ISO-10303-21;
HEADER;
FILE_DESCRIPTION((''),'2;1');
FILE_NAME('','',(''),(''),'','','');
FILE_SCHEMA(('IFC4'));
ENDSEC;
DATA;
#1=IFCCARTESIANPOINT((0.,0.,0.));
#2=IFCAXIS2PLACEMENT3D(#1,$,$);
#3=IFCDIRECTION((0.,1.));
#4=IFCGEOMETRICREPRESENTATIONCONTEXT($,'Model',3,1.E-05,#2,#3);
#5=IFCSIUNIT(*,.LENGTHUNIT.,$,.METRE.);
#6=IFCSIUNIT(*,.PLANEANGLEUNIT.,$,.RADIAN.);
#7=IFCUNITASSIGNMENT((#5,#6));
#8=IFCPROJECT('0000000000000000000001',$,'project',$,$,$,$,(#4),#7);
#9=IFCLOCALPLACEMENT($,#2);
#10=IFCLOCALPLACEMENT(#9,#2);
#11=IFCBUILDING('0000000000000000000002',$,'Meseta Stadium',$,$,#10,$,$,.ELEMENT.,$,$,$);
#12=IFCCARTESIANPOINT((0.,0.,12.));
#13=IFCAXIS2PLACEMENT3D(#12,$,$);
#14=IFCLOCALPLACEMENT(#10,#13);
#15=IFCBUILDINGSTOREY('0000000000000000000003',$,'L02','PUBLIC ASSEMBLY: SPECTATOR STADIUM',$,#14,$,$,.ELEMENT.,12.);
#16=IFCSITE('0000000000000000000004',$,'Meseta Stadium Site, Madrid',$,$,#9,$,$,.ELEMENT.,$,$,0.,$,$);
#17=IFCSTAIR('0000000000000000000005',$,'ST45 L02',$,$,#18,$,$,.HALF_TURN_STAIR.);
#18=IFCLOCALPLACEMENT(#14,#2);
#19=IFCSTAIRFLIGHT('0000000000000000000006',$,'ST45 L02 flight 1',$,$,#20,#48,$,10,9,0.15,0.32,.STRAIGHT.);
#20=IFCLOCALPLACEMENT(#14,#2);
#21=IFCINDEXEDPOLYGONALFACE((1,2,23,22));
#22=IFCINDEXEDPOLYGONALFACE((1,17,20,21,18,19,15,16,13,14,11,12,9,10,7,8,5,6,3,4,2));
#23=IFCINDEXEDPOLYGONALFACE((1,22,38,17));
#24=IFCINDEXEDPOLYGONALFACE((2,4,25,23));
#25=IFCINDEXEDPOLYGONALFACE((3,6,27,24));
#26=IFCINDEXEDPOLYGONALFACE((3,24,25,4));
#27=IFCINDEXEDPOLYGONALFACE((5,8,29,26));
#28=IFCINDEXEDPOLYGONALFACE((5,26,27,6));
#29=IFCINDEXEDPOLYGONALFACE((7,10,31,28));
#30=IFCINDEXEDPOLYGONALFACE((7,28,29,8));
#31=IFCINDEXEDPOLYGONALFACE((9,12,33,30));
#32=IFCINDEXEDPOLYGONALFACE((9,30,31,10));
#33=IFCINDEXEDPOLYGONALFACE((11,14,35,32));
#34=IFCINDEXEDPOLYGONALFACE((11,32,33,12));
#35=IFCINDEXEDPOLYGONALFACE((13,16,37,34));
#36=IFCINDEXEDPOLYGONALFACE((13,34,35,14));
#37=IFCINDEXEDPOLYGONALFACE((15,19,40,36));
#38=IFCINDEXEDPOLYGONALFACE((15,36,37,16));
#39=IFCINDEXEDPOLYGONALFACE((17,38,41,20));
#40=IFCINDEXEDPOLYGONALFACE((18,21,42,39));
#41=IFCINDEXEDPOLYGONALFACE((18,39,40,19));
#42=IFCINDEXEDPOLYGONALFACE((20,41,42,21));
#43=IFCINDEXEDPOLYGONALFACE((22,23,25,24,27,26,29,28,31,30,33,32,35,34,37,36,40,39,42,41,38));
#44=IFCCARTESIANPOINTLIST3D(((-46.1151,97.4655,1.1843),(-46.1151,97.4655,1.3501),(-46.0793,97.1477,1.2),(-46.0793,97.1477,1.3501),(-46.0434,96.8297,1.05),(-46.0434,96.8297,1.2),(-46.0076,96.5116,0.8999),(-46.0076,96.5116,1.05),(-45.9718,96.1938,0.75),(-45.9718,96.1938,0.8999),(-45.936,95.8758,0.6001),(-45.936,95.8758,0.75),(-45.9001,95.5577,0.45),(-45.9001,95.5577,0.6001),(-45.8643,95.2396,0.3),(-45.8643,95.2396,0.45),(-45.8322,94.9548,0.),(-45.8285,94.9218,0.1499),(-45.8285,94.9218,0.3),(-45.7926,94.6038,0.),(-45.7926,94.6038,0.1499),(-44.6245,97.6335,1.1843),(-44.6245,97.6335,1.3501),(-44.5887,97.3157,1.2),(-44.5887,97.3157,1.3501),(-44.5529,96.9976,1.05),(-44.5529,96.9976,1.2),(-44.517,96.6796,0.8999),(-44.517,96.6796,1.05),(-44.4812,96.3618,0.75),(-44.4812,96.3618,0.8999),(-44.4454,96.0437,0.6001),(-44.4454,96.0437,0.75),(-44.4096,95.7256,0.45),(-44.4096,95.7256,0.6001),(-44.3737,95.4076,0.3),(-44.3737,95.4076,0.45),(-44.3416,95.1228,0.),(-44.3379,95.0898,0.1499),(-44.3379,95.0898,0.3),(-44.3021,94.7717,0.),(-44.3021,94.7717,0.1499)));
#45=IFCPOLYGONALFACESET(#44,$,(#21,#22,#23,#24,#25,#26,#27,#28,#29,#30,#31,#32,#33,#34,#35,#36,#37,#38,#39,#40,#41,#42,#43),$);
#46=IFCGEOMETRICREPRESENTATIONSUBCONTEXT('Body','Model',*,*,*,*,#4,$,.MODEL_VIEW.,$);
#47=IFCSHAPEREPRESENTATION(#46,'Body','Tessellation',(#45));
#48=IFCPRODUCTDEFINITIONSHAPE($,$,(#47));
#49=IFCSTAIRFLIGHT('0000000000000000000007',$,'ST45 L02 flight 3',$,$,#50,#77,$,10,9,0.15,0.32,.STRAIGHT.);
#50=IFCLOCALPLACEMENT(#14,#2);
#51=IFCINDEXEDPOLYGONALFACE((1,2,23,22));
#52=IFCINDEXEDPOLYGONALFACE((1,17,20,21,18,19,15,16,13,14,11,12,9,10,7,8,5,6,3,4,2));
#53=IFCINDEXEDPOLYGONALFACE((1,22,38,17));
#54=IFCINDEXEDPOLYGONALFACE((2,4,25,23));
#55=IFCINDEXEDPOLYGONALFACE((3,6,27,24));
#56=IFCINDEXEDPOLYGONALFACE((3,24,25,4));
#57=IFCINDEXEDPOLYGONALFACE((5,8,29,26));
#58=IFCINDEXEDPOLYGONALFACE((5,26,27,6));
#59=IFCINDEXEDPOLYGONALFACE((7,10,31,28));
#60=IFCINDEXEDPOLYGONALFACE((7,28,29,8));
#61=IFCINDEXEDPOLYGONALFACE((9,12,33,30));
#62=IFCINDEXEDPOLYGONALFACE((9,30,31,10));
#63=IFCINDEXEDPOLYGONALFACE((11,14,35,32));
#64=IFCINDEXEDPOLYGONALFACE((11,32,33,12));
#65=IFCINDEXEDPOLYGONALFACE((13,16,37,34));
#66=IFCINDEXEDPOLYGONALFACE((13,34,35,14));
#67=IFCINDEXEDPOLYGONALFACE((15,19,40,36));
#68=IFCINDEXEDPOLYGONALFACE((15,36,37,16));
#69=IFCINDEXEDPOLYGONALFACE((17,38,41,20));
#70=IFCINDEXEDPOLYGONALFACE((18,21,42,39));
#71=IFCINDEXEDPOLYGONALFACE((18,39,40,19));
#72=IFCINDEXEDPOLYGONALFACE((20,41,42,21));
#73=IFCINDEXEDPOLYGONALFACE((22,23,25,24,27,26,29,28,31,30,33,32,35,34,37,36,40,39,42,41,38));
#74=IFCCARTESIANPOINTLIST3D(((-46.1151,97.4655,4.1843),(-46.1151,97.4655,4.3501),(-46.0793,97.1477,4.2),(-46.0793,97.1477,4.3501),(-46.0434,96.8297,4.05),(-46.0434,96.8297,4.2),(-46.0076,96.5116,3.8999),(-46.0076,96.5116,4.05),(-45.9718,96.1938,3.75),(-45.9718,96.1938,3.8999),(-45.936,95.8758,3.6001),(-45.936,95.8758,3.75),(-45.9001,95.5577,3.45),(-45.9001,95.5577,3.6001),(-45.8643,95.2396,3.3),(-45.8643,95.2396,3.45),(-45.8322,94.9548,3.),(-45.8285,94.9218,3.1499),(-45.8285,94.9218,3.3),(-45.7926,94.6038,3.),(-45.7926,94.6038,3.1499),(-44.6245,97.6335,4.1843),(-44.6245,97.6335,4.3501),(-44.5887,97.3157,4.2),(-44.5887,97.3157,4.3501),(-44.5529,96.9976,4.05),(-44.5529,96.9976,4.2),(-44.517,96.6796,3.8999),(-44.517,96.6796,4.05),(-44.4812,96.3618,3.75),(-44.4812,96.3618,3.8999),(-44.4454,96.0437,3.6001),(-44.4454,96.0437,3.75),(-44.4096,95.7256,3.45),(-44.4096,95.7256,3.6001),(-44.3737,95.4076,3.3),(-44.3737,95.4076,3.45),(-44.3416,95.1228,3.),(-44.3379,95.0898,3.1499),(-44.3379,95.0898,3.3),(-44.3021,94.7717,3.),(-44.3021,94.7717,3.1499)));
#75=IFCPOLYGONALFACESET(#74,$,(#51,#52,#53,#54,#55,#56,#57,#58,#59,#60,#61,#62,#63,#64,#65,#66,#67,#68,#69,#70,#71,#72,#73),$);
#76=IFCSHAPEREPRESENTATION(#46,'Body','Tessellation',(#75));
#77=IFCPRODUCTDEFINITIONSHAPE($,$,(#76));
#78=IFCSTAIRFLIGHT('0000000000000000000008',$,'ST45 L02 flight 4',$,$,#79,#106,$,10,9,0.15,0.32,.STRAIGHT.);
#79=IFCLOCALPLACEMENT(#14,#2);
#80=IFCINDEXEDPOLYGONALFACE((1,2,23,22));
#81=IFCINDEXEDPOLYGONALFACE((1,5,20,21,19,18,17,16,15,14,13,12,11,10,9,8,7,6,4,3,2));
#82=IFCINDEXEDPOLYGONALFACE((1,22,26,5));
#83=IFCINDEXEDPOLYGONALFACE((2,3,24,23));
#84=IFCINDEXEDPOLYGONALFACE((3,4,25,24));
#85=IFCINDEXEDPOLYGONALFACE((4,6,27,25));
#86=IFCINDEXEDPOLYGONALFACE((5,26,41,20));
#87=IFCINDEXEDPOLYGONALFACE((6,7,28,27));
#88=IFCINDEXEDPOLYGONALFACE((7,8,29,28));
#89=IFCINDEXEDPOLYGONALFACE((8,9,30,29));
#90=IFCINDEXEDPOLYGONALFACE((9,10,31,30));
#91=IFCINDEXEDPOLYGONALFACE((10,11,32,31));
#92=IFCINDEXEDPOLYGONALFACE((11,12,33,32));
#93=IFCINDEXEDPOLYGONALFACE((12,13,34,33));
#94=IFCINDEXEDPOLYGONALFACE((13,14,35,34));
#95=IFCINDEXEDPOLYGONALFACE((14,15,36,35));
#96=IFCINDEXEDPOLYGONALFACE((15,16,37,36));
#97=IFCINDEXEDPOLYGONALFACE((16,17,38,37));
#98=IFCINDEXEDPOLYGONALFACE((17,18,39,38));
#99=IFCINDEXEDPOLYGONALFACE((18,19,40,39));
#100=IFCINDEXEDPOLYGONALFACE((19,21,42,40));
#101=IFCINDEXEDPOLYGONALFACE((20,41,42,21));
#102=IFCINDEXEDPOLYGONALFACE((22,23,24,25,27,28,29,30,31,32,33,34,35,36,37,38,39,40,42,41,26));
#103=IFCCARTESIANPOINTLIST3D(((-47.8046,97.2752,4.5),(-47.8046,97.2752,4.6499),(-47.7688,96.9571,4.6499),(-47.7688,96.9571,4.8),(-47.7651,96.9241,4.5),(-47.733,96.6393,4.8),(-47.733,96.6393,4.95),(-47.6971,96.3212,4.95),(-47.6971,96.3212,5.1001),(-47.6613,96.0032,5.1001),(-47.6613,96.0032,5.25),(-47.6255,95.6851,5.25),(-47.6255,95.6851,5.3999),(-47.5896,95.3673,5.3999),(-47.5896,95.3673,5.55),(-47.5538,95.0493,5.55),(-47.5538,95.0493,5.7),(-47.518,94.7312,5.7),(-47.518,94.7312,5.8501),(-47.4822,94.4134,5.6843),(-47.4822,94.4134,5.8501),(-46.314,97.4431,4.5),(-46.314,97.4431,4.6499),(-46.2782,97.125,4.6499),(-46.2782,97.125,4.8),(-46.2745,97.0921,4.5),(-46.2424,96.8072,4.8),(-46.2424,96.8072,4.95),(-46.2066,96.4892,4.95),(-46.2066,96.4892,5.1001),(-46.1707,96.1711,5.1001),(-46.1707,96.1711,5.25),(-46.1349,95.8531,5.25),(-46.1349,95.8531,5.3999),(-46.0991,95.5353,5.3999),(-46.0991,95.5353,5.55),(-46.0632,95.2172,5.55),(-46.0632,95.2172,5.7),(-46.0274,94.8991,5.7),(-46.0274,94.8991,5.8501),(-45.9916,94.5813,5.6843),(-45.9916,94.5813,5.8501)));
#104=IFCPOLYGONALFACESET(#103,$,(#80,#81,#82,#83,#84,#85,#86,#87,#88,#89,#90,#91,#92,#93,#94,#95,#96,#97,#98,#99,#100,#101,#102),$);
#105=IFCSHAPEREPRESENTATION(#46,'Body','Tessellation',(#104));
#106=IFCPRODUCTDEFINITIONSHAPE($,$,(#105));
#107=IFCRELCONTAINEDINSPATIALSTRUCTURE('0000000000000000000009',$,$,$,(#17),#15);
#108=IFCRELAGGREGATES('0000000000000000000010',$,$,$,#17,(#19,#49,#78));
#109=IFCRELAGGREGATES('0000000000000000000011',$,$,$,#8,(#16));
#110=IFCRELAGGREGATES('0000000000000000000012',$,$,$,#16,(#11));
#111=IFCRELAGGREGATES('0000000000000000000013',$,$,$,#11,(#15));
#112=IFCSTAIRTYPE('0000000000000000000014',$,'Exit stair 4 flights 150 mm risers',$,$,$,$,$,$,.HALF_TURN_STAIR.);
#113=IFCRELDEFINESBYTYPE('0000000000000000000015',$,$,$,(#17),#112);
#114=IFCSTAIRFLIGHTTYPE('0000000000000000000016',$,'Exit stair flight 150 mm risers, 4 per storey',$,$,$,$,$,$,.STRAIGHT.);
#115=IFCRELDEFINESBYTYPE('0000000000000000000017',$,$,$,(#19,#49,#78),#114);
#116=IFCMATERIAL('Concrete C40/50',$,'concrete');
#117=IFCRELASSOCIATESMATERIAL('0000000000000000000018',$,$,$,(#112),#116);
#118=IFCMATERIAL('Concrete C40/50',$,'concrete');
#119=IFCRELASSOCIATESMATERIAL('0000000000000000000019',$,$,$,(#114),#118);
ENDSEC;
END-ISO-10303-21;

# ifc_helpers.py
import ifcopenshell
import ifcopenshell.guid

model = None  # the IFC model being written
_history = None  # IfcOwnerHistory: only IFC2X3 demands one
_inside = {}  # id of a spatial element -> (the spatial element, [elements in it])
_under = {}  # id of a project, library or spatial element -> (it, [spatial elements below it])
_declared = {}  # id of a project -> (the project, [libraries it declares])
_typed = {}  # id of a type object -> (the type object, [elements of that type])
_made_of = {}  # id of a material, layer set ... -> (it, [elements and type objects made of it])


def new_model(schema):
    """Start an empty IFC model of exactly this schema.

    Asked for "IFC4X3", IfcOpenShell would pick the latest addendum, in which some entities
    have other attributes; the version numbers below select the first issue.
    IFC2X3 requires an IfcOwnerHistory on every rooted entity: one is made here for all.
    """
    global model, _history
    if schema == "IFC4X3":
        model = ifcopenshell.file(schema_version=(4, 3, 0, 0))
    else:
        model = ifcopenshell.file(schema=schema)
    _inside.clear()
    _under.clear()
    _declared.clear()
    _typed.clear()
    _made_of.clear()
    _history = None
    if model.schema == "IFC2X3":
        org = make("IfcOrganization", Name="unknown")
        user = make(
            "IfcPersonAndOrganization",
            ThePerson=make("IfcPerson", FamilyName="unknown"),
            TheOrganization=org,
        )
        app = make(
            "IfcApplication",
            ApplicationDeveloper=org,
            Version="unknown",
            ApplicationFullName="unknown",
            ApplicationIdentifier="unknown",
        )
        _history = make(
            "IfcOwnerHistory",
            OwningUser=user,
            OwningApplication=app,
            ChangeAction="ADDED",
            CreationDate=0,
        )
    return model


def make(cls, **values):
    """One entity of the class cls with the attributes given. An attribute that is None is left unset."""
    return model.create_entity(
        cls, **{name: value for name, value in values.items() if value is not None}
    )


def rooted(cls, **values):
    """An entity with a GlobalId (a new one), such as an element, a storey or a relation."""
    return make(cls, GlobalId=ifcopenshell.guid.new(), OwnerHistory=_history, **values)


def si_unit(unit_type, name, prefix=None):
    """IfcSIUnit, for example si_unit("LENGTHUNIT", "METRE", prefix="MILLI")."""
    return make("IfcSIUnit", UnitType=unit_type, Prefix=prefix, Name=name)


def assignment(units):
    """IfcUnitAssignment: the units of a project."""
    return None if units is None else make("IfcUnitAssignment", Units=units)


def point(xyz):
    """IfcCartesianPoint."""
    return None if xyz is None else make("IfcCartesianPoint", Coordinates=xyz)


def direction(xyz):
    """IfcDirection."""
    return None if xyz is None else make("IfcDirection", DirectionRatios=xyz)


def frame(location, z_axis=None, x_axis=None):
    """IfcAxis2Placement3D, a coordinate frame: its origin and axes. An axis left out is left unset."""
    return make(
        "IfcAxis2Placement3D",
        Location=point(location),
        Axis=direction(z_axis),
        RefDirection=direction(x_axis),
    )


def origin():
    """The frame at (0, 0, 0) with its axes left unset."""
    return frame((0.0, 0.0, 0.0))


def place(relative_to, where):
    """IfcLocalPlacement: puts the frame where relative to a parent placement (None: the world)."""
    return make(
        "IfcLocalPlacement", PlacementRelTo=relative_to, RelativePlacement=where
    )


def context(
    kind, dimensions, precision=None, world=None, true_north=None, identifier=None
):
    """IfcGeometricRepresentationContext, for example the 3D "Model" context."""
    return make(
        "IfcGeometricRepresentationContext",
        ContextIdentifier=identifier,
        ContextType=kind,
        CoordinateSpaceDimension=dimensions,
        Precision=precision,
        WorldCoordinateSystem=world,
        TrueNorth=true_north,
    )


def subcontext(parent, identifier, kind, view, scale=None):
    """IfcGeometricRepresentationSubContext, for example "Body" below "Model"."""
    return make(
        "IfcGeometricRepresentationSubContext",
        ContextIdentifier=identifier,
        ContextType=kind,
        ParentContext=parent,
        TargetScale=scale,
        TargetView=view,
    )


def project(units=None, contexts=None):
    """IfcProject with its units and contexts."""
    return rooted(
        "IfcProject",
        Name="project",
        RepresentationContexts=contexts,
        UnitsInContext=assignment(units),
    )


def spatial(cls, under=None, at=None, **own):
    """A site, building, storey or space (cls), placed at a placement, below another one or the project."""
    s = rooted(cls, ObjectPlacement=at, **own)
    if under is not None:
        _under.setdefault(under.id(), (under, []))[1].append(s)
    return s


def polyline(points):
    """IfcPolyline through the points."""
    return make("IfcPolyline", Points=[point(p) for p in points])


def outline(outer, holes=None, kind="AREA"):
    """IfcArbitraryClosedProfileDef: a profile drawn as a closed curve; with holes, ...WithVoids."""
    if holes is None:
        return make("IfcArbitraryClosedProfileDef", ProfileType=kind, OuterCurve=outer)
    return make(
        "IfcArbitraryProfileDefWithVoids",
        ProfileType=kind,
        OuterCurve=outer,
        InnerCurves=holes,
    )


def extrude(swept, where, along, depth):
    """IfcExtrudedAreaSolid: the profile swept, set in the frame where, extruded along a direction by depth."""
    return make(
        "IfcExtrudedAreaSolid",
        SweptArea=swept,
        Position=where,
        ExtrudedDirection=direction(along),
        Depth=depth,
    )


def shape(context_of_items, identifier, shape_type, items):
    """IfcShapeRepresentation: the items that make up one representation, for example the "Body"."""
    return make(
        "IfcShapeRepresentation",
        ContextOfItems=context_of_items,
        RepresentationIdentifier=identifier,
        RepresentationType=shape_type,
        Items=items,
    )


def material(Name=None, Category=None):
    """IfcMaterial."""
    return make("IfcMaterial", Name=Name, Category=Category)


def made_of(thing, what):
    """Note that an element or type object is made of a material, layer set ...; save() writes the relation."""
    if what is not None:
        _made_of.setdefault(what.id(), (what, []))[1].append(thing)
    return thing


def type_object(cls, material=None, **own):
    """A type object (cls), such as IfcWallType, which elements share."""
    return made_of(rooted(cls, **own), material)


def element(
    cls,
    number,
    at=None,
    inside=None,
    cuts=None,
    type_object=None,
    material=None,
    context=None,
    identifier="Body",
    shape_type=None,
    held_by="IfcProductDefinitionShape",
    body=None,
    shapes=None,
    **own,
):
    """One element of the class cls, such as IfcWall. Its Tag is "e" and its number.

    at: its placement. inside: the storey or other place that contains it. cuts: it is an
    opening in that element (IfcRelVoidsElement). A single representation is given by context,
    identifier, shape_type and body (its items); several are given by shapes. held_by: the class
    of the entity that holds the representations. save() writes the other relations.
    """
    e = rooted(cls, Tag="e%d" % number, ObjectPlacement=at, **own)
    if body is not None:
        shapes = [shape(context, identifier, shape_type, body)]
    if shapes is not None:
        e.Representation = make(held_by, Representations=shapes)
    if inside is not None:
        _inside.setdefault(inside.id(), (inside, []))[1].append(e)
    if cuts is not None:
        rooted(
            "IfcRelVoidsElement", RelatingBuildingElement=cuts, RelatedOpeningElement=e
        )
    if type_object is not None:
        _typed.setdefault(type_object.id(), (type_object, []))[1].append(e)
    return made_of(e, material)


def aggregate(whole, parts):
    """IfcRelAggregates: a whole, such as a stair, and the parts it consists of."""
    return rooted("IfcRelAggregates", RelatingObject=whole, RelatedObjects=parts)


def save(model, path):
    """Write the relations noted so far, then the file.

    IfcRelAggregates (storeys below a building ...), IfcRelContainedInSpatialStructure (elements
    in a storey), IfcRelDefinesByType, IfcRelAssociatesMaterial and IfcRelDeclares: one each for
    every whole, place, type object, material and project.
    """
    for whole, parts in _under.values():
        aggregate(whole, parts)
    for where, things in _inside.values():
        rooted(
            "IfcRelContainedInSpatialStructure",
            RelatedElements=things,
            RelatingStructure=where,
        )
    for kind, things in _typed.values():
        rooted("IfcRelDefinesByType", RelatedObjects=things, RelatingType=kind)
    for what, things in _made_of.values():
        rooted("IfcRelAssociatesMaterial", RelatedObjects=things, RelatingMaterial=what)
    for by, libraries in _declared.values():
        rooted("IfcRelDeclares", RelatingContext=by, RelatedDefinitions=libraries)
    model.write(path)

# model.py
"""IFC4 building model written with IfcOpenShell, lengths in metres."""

from ifc_helpers import new_model, si_unit, direction, frame, origin, place, context, subcontext, project, spatial, polyline, outline, extrude, material, type_object, element, aggregate, save


model = new_model("IFC4")

# Units and contexts
model_context = context("Model", 3, precision=1e-05, world=origin(), true_north=direction((0.0, 1.0)))
body_context = subcontext(model_context, "Body", "Model", "MODEL_VIEW")
ifc_project = project(units=[si_unit("LENGTHUNIT", "METRE"), si_unit("PLANEANGLEUNIT", "RADIAN")], contexts=[model_context])

# Site, building, storey
site_placement = place(None, origin())
site = spatial("IfcSite", under=ifc_project, at=site_placement, Name="Meseta Stadium Site, Madrid", CompositionType="ELEMENT", RefElevation=0.0)
building_placement = place(site_placement, origin())
building = spatial("IfcBuilding", under=site, at=building_placement, Name="Meseta Stadium", CompositionType="ELEMENT")
storey_placement = place(building_placement, frame((0.0, 0.0, 12.0)))
storey = spatial("IfcBuildingStorey", under=building, at=storey_placement, Name="L02", Description="PUBLIC ASSEMBLY: SPECTATOR STADIUM", CompositionType="ELEMENT", Elevation=12.0)

# Stair, stair flights
ifc_material_1 = material(Name="Concrete C40/50", Category="concrete")
stair_type = type_object("IfcStairType", Name="Exit stair 4 flights 150 mm risers", PredefinedType="HALF_TURN_STAIR", material=ifc_material_1)
stair_placement = place(storey_placement, origin())
stair = element("IfcStair", 1, at=stair_placement, inside=storey, type_object=stair_type, Name="ST45 L02", PredefinedType="HALF_TURN_STAIR")
ifc_material_2 = material(Name="Concrete C40/50", Category="concrete")
stair_flight_type = type_object("IfcStairFlightType", Name="Exit stair flight 150 mm risers, 4 per storey", PredefinedType="STRAIGHT", material=ifc_material_2)
stair_flight_1_placement = place(storey_placement, frame((-45.0474, 94.6877, 0.0), z_axis=(0.0, 0.0, 1.0), x_axis=(-0.111964, 0.993712, 0.0)))
stair_flight_1 = element("IfcStairFlight", 2, at=stair_flight_1_placement, type_object=stair_flight_type, Name="ST45 L02 flight 1", NumberOfRisers=10, NumberOfTreads=9, PredefinedType="STRAIGHT", RiserHeight=0.15, TreadLength=0.32, context=body_context, shape_type="SweptSolid", body=[
    extrude(outline(polyline([(0.0, 0.0), (0.0, 0.1499), (0.3201, 0.1499), (0.3201, 0.3), (0.6399, 0.3), (0.6399, 0.45), (0.96, 0.45), (0.96, 0.6001), (1.28, 0.6001), (1.28, 0.75), (1.6001, 0.75), (1.6001, 0.8999), (1.9199, 0.8999), (1.9199, 1.05), (2.24, 1.05), (2.24, 1.2), (2.5601, 1.2), (2.5601, 1.3501), (2.8799, 1.3501), (2.8799, 1.1843), (0.3533, 0.0), (0.0, 0.0)])), frame((0.0, 0.75, 0.0), z_axis=(0.0, -1.0, 0.0), x_axis=(1.0, 0.0, 0.0)), (0.0, 0.0, 1.0), 1.5),
])
stair_flight_2_placement = place(storey_placement, frame((-45.0474, 94.6877, 3.0), z_axis=(0.0, 0.0, 1.0), x_axis=(-0.111964, 0.993712, 0.0)))
stair_flight_2 = element("IfcStairFlight", 3, at=stair_flight_2_placement, type_object=stair_flight_type, Name="ST45 L02 flight 3", NumberOfRisers=10, NumberOfTreads=9, PredefinedType="STRAIGHT", RiserHeight=0.15, TreadLength=0.32, context=body_context, shape_type="SweptSolid", body=[
    extrude(outline(polyline([(0.0, 0.0), (0.0, 0.1499), (0.3201, 0.1499), (0.3201, 0.3), (0.6399, 0.3), (0.6399, 0.45), (0.96, 0.45), (0.96, 0.6001), (1.28, 0.6001), (1.28, 0.75), (1.6001, 0.75), (1.6001, 0.8999), (1.9199, 0.8999), (1.9199, 1.05), (2.24, 1.05), (2.24, 1.2), (2.5601, 1.2), (2.5601, 1.3501), (2.8799, 1.3501), (2.8799, 1.1843), (0.3533, 0.0), (0.0, 0.0)])), frame((0.0, 0.75, 0.0), z_axis=(0.0, -1.0, 0.0), x_axis=(1.0, 0.0, 0.0)), (0.0, 0.0, 1.0), 1.5),
])
stair_flight_3_placement = place(storey_placement, frame((-47.0593, 97.3591, 4.5), z_axis=(0.0, 0.0, 1.0), x_axis=(0.111964, -0.993712, 0.0)))
stair_flight_3 = element("IfcStairFlight", 4, at=stair_flight_3_placement, type_object=stair_flight_type, Name="ST45 L02 flight 4", NumberOfRisers=10, NumberOfTreads=9, PredefinedType="STRAIGHT", RiserHeight=0.15, TreadLength=0.32, context=body_context, shape_type="SweptSolid", body=[
    extrude(outline(polyline([(0.0, 0.0), (0.0, 0.1499), (0.3201, 0.1499), (0.3201, 0.3), (0.6399, 0.3), (0.6399, 0.45), (0.96, 0.45), (0.96, 0.6001), (1.28, 0.6001), (1.28, 0.75), (1.6001, 0.75), (1.6001, 0.8999), (1.9199, 0.8999), (1.9199, 1.05), (2.24, 1.05), (2.24, 1.2), (2.5601, 1.2), (2.5601, 1.3501), (2.8799, 1.3501), (2.8799, 1.1843), (0.3533, 0.0), (0.0, 0.0)])), frame((0.0, 0.75, 0.0), z_axis=(0.0, -1.0, 0.0), x_axis=(1.0, 0.0, 0.0)), (0.0, 0.0, 1.0), 1.5),
])
aggregate(stair, [stair_flight_1, stair_flight_2, stair_flight_3])

save(model, "model.ifc")
